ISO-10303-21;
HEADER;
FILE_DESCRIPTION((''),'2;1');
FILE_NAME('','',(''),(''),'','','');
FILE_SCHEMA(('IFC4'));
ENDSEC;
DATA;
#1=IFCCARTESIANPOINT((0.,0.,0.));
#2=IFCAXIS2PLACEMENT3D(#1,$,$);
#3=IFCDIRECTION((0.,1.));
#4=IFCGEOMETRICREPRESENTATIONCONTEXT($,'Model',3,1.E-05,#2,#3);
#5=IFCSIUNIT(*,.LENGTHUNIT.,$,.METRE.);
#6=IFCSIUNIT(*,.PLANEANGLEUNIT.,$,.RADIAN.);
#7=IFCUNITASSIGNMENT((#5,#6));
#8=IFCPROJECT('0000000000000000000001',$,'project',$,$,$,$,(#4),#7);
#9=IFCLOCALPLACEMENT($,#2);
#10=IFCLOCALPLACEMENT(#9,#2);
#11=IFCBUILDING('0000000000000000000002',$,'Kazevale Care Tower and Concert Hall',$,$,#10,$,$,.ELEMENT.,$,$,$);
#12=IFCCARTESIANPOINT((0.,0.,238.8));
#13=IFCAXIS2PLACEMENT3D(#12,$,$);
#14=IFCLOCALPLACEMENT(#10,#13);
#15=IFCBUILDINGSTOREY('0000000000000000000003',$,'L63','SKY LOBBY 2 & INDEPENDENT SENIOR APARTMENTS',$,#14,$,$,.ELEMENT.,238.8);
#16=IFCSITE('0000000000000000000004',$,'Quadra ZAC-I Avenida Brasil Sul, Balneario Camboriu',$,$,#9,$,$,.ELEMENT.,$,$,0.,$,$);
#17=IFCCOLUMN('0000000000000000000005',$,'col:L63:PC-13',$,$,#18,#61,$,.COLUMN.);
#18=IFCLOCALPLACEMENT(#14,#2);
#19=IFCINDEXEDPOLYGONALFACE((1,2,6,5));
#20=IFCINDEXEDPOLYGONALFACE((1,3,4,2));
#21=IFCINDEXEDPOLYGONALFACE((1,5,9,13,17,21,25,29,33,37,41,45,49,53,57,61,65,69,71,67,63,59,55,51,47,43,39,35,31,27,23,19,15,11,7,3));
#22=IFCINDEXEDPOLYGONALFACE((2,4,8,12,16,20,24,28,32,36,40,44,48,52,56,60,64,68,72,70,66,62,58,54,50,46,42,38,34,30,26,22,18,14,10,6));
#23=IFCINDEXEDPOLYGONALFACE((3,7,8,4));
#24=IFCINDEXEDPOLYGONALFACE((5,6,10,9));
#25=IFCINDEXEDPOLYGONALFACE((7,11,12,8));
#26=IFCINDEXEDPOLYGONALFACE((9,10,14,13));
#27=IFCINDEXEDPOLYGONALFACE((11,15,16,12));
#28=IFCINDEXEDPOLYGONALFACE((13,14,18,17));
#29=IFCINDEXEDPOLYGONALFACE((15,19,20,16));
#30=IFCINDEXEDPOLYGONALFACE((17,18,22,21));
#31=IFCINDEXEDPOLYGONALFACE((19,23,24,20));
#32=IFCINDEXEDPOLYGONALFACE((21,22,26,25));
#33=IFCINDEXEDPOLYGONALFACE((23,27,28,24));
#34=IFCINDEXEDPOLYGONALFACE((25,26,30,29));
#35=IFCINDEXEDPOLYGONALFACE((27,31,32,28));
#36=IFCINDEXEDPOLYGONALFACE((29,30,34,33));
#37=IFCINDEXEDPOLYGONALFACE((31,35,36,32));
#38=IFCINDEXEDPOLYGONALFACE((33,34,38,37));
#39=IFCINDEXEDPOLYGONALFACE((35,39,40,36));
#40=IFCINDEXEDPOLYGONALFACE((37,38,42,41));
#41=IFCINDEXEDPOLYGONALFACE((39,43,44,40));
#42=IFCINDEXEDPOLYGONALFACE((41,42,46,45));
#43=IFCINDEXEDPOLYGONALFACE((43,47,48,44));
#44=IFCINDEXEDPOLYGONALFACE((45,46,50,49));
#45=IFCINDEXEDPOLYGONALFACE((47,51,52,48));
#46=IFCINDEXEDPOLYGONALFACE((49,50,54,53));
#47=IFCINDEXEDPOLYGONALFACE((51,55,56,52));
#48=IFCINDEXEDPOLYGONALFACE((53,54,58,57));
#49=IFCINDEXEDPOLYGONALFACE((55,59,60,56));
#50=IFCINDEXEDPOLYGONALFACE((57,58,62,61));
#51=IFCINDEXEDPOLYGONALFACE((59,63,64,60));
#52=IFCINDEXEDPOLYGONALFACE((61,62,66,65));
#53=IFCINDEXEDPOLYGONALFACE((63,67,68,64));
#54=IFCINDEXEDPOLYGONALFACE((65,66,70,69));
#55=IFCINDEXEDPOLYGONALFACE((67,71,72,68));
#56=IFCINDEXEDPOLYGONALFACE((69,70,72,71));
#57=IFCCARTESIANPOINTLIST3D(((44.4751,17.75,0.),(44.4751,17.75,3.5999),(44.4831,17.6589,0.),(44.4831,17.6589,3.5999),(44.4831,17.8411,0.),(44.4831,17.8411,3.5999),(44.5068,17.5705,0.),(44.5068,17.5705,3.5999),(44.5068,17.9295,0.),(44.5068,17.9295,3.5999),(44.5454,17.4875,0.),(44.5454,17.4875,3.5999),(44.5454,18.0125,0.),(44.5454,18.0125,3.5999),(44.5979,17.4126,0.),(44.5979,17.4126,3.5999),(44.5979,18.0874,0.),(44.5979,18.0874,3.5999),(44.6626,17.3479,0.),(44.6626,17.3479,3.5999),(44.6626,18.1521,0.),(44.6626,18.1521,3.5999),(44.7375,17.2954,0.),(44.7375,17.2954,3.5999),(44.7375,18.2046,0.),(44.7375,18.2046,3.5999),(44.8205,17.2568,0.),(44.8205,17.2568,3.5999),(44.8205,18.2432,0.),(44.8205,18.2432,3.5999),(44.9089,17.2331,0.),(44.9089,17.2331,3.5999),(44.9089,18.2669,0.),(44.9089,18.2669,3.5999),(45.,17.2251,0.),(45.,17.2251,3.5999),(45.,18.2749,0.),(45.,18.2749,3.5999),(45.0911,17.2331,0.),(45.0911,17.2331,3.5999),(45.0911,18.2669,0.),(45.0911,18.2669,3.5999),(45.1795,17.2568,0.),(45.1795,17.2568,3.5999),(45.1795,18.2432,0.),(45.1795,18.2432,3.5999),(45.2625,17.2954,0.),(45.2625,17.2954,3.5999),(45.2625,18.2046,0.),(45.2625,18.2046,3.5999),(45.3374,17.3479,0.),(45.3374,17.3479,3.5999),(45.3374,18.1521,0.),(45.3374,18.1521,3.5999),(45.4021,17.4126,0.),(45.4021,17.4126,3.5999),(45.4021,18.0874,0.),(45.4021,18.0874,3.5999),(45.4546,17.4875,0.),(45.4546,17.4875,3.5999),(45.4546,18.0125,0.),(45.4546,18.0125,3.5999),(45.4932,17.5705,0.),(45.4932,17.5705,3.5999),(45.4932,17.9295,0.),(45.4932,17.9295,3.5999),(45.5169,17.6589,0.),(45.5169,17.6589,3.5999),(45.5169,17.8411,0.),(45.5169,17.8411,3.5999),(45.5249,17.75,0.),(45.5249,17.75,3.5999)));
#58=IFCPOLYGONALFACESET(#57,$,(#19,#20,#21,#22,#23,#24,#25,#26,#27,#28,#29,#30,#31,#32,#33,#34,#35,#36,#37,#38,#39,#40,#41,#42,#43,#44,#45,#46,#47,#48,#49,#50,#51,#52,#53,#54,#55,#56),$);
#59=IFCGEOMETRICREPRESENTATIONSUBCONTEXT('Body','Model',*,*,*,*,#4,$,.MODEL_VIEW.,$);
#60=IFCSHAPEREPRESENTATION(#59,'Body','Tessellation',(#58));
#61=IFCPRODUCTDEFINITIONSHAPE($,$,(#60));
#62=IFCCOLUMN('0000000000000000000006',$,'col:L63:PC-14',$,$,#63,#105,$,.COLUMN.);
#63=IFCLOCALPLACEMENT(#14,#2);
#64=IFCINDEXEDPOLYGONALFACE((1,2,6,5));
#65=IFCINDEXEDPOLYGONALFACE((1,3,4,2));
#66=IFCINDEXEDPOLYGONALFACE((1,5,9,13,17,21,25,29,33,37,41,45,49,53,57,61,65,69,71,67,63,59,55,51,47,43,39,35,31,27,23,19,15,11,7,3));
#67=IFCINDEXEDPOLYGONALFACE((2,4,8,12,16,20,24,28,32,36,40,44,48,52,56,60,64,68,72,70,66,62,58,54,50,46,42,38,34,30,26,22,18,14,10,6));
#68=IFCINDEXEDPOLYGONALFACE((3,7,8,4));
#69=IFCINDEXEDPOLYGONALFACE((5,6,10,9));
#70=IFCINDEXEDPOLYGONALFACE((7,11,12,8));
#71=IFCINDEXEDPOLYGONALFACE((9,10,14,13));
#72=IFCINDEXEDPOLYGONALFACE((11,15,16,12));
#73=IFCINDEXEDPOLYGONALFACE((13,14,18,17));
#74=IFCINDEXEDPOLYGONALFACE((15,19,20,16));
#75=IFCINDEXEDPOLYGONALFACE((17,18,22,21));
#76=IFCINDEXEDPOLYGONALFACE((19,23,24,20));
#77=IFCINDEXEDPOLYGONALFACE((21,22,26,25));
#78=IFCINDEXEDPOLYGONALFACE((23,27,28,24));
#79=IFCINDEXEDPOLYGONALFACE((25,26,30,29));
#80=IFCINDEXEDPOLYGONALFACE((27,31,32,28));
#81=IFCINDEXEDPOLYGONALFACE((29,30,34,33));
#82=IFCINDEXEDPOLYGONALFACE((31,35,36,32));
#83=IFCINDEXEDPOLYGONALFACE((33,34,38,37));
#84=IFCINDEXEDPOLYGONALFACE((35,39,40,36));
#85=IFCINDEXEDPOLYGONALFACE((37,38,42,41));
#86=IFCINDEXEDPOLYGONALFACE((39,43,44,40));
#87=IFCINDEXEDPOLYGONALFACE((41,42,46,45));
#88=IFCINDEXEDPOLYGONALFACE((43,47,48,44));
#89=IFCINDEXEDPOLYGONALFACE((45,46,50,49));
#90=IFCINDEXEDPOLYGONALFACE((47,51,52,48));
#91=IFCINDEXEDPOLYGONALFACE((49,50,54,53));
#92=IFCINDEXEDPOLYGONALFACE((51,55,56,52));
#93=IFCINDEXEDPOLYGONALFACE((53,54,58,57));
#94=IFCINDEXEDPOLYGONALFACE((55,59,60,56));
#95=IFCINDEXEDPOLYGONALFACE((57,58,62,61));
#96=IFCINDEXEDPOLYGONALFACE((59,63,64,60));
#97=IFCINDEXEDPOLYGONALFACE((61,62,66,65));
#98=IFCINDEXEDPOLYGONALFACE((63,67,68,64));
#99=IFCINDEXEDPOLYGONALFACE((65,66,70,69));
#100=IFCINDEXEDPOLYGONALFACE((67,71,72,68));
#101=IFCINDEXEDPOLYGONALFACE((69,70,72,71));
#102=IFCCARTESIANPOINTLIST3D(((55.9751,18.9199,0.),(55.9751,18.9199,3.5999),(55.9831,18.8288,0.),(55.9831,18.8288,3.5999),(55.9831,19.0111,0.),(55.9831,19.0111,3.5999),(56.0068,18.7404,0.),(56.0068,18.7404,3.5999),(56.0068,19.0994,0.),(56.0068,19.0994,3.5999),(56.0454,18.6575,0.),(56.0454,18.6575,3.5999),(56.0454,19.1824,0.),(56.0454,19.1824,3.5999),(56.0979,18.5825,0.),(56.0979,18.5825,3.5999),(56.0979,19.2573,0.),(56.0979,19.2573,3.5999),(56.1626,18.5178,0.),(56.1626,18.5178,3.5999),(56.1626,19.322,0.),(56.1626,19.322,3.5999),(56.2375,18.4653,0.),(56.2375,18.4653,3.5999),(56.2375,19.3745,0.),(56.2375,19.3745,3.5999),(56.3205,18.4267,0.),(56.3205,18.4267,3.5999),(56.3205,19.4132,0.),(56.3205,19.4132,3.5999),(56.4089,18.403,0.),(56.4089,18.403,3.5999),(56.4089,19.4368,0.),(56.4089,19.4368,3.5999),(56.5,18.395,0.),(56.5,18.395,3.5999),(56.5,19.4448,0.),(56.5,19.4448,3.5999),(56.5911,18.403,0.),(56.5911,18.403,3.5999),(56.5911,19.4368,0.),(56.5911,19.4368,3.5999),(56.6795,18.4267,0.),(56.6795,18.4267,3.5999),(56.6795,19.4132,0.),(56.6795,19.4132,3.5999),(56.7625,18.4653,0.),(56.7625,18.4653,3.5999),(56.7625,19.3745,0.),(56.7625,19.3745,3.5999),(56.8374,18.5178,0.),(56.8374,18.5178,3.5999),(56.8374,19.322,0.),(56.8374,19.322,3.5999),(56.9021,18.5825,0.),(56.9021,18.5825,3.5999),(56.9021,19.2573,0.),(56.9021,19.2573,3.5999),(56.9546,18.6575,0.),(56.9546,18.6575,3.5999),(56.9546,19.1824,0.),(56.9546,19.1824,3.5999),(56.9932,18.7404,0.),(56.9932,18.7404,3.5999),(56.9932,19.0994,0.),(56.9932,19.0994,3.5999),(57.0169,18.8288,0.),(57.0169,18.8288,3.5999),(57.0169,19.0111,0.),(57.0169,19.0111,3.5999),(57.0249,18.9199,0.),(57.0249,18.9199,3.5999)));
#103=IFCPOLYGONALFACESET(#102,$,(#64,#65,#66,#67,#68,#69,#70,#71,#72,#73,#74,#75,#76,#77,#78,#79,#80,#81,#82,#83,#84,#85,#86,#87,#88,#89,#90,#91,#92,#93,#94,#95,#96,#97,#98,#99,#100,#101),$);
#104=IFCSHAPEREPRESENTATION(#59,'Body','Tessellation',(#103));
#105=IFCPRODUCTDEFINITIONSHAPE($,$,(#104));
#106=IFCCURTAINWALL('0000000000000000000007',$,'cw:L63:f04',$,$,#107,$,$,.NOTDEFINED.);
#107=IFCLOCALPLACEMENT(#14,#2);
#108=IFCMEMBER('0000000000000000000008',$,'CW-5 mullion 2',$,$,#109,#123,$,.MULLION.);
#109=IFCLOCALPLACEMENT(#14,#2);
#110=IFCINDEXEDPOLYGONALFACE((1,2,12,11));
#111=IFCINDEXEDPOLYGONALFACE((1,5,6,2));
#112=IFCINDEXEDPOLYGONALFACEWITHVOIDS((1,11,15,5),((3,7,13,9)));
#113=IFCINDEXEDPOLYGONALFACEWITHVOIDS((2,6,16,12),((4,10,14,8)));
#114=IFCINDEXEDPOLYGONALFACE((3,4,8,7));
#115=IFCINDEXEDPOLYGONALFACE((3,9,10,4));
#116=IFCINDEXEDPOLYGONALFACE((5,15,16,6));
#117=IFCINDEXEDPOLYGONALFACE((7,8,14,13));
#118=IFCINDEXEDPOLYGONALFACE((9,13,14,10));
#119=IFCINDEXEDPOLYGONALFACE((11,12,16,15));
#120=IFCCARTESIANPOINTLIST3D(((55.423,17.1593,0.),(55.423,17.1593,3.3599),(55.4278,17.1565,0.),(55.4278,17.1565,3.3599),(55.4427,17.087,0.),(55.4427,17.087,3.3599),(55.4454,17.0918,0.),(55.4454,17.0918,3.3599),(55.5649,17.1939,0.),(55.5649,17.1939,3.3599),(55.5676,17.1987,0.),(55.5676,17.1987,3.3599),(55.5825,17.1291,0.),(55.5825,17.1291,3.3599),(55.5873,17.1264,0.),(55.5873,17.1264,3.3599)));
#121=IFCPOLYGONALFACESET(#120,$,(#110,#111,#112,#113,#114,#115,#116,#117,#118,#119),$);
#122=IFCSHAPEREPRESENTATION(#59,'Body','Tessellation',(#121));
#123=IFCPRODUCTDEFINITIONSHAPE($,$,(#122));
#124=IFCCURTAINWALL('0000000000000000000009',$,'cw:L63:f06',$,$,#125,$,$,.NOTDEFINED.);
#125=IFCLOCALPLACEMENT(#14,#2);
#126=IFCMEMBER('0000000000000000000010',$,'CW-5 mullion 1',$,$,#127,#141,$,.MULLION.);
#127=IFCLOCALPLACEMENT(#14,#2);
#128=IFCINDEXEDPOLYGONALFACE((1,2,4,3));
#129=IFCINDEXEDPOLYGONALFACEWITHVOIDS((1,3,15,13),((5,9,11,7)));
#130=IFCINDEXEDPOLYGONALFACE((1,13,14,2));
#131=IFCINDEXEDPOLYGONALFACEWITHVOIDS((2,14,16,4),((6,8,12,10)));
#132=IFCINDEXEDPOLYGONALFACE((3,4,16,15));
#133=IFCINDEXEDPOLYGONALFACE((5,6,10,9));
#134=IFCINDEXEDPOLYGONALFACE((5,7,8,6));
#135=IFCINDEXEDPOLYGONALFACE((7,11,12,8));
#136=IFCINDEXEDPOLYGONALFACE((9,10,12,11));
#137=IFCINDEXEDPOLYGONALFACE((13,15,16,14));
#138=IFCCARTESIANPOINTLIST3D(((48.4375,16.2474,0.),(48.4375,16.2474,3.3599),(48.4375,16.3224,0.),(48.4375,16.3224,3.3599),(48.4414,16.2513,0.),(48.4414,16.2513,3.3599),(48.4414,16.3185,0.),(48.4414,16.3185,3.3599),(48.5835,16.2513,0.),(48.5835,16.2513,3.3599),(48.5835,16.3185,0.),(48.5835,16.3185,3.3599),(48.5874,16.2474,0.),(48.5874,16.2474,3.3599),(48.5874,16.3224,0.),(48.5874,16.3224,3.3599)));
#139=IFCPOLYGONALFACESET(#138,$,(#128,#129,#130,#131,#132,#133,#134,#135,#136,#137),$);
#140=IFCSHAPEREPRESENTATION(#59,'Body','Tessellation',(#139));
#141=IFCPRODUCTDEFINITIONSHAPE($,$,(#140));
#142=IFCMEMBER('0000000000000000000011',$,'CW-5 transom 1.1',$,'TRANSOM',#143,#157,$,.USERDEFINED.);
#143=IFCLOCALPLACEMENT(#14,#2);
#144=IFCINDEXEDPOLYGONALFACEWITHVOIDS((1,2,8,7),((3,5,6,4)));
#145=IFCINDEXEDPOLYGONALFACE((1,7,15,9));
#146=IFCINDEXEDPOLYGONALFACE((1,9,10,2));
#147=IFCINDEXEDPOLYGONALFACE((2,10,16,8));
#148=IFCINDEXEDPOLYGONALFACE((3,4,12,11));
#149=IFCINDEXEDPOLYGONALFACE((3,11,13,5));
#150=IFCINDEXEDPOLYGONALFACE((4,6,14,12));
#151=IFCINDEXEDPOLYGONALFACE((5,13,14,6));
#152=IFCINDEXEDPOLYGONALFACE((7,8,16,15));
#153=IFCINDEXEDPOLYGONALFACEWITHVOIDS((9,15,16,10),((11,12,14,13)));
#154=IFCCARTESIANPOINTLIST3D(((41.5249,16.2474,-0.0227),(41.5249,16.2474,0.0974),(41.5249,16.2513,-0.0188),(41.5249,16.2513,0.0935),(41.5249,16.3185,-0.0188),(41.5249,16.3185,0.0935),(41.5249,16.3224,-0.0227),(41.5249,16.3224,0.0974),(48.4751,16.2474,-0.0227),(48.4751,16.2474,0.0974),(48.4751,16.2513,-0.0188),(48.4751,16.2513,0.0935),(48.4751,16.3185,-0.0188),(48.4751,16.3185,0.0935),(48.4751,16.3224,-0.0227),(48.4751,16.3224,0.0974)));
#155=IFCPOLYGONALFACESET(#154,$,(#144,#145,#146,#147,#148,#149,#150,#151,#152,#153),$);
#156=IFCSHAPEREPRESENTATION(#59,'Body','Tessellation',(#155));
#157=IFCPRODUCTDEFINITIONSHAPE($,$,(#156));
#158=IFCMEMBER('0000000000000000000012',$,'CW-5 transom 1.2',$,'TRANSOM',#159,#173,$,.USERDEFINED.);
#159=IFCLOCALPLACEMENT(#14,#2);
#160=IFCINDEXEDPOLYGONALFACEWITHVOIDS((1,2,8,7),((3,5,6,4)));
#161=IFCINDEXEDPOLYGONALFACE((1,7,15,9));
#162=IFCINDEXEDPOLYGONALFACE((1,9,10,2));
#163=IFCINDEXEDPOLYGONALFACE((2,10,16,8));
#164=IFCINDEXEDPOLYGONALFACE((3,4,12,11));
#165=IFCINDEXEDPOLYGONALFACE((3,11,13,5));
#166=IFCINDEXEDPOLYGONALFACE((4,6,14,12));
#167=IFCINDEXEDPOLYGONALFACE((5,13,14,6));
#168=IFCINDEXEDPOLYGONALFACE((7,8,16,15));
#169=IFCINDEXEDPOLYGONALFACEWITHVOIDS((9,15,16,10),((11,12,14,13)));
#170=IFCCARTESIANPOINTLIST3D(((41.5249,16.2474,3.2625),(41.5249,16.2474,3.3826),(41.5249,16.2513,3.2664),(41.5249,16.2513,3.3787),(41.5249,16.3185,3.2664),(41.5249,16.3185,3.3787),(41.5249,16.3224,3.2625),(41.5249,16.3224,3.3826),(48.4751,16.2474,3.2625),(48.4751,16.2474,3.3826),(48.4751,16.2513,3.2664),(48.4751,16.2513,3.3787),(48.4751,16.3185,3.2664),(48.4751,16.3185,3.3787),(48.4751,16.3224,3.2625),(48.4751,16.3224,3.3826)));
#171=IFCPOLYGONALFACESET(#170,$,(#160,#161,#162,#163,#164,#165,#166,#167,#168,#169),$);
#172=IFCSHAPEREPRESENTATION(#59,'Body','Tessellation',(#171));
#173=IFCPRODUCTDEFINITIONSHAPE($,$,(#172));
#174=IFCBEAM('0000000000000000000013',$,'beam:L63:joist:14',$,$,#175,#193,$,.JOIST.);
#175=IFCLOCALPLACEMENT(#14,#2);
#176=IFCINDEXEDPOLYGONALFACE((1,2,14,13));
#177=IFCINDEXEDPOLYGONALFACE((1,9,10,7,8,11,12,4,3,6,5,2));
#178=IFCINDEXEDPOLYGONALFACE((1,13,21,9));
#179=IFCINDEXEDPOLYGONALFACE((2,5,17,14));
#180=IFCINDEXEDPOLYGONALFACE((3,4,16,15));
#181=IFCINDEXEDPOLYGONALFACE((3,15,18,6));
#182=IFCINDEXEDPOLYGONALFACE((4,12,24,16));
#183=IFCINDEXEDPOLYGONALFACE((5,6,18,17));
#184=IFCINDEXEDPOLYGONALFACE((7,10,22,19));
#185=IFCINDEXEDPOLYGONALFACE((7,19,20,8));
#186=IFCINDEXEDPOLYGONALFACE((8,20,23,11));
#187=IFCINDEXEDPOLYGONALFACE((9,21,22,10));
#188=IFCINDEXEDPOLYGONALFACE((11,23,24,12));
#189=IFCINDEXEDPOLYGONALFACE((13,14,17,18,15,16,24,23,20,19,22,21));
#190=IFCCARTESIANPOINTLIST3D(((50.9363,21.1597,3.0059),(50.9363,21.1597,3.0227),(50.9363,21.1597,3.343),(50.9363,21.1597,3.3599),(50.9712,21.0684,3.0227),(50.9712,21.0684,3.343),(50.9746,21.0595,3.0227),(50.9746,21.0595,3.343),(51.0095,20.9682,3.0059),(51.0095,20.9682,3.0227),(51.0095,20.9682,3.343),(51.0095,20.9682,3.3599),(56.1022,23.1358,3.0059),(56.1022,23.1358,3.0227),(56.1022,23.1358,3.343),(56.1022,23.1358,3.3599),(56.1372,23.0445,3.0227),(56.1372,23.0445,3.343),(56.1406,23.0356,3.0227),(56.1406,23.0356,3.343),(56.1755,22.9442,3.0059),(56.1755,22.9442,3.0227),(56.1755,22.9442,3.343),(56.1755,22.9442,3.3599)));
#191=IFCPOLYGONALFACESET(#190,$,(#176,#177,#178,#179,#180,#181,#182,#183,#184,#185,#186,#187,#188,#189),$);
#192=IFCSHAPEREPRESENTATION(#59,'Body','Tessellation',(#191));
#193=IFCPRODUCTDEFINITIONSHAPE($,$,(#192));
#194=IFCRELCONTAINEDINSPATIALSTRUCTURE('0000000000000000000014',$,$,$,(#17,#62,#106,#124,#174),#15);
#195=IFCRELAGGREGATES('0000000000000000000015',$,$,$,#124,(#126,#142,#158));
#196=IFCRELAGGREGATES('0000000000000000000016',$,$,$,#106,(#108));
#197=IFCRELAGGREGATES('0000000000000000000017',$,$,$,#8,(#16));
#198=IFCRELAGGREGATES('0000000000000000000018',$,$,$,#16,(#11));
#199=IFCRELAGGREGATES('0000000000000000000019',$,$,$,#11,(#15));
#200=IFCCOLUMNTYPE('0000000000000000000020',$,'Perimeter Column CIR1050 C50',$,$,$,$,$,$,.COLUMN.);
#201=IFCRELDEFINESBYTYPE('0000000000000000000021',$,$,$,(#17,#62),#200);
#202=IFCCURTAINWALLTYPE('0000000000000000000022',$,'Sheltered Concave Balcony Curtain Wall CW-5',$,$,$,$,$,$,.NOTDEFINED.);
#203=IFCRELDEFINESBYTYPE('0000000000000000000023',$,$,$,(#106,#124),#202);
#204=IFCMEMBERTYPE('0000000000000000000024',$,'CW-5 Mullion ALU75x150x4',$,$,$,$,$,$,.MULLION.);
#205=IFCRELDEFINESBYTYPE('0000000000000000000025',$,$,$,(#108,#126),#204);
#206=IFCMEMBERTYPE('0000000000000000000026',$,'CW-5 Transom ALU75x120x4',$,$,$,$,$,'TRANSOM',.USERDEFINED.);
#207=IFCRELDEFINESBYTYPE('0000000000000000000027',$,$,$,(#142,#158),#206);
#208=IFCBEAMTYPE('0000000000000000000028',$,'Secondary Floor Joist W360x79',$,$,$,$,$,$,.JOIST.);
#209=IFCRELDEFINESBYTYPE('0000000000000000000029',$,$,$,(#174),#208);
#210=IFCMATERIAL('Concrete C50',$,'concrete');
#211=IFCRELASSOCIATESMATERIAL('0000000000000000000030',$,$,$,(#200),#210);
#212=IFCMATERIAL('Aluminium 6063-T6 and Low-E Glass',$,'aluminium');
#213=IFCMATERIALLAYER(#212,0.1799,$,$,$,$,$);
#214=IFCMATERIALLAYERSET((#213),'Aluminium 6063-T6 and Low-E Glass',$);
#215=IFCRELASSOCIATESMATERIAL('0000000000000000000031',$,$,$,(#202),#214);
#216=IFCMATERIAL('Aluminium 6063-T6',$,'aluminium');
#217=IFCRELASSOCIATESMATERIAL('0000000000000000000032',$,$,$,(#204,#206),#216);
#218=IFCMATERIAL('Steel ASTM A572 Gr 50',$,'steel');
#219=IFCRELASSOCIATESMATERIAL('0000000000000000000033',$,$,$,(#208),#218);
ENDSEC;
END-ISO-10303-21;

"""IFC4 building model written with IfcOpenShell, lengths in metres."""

from ifc_helpers import new_model, si_unit, direction, frame, origin, origin_2d, place, context, subcontext, project, spatial, hollow_rectangle, circle, i_section, extrude, material, layer, layer_set, material_profile, profile_set, type_object, element, aggregate, save


model = new_model("IFC4")

# Units and contexts
model_context = context("Model", 3, precision=1e-05, world=origin(), true_north=direction((0.0, 1.0)))
body_context = subcontext(model_context, "Body", "Model", "MODEL_VIEW")
ifc_project = project(units=[si_unit("LENGTHUNIT", "METRE"), si_unit("PLANEANGLEUNIT", "RADIAN")], contexts=[model_context])

# Site, building, storey
site_placement = place(None, origin())
site = spatial("IfcSite", under=ifc_project, at=site_placement, Name="Quadra ZAC-I Avenida Brasil Sul, Balneario Camboriu", CompositionType="ELEMENT", RefElevation=0.0)
building_placement = place(site_placement, origin())
building = spatial("IfcBuilding", under=site, at=building_placement, Name="Kazevale Care Tower and Concert Hall", CompositionType="ELEMENT")
storey_placement = place(building_placement, frame((0.0, 0.0, 238.8)))
storey = spatial("IfcBuildingStorey", under=building, at=storey_placement, Name="L63", Description="SKY LOBBY 2 & INDEPENDENT SENIOR APARTMENTS", CompositionType="ELEMENT", Elevation=238.8)

# Columns
ifc_material_1 = material(Name="Concrete C50", Category="concrete")
ifc_material_profile_1 = material_profile(ifc_material_1, circle(Radius=0.5249, at=origin_2d()), Name="RC-CIR1050")
ifc_profile_set_1 = profile_set([ifc_material_profile_1], Name="Concrete C50")
column_type = type_object("IfcColumnType", Name="Perimeter Column CIR1050 C50", PredefinedType="COLUMN", material=ifc_profile_set_1)
for number, where, z_axis, x_axis, name in (
    (1, (45.0, 17.75, 0.0), (0.0, 0.0, 1.0), (1.0, 0.0, 0.0), "col:L63:PC-13"),
    (2, (56.5, 18.9199, 0.0), (0.0, 0.0, 1.0), (1.0, 0.0, 0.0), "col:L63:PC-14"),
):
    element("IfcColumn", number, at=place(storey_placement, frame(where, z_axis=z_axis, x_axis=x_axis)), inside=storey, type_object=column_type, Name=name, PredefinedType="COLUMN", context=body_context, shape_type="SweptSolid", body=[
        extrude(circle(Radius=0.5249, at=origin_2d()), origin(), (0.0, 0.0, 1.0), 3.5999),
    ])

# Curtain wall, member
ifc_material_2 = material(Name="Aluminium 6063-T6 and Low-E Glass", Category="aluminium")
ifc_layer_1 = layer(ifc_material_2, 0.1799)
ifc_layer_set_1 = layer_set([ifc_layer_1], Name="Aluminium 6063-T6 and Low-E Glass")
curtain_wall_type = type_object("IfcCurtainWallType", Name="Sheltered Concave Balcony Curtain Wall CW-5", PredefinedType="NOTDEFINED", material=ifc_layer_set_1)
curtain_wall_1_placement = place(storey_placement, origin())
curtain_wall_1 = element("IfcCurtainWall", 3, at=curtain_wall_1_placement, inside=storey, type_object=curtain_wall_type, Name="cw:L63:f04", PredefinedType="NOTDEFINED")
ifc_material_3 = material(Name="Aluminium 6063-T6", Category="aluminium")
ifc_material_profile_2 = material_profile(ifc_material_3, hollow_rectangle(XDim=0.075, YDim=0.1499, WallThickness=0.0039, at=origin_2d()), Name="ALU75x150x4")
ifc_profile_set_2 = profile_set([ifc_material_profile_2], Name="Aluminium 6063-T6")
member_type_1 = type_object("IfcMemberType", Name="CW-5 Mullion ALU75x150x4", PredefinedType="MULLION", material=ifc_profile_set_2)
member_1_placement = place(storey_placement, frame((55.5051, 17.1428, 0.0), z_axis=(0.0, 0.0, 1.0), x_axis=(0.262849, -0.964837, 0.0)))
member_1 = element("IfcMember", 4, at=member_1_placement, type_object=member_type_1, Name="CW-5 mullion 2", PredefinedType="MULLION", context=body_context, shape_type="SweptSolid", body=[
    extrude(hollow_rectangle(XDim=0.075, YDim=0.1499, WallThickness=0.0039, at=origin_2d()), origin(), (0.0, 0.0, 1.0), 3.3599),
])

# Curtain wall, members
curtain_wall_2_placement = place(storey_placement, origin())
curtain_wall_2 = element("IfcCurtainWall", 5, at=curtain_wall_2_placement, inside=storey, type_object=curtain_wall_type, Name="cw:L63:f06", PredefinedType="NOTDEFINED")
member_2_placement = place(storey_placement, frame((48.5125, 16.2849, 0.0), z_axis=(0.0, 0.0, 1.0), x_axis=(0.0, -1.0, 0.0)))
member_2 = element("IfcMember", 6, at=member_2_placement, type_object=member_type_1, Name="CW-5 mullion 1", PredefinedType="MULLION", context=body_context, shape_type="SweptSolid", body=[
    extrude(hollow_rectangle(XDim=0.075, YDim=0.1499, WallThickness=0.0039, at=origin_2d()), origin(), (0.0, 0.0, 1.0), 3.3599),
])
ifc_material_profile_3 = material_profile(ifc_material_3, hollow_rectangle(XDim=0.075, YDim=0.1201, WallThickness=0.0039, at=origin_2d()), Name="ALU75x120x4")
ifc_profile_set_3 = profile_set([ifc_material_profile_3], Name="Aluminium 6063-T6")
member_type_2 = type_object("IfcMemberType", Name="CW-5 Transom ALU75x120x4", ElementType="TRANSOM", PredefinedType="USERDEFINED", material=ifc_profile_set_3)
member_3_placement = place(storey_placement, frame((48.4751, 16.2849, 0.0374), z_axis=(-1.0, 0.0, 0.0), x_axis=(0.0, -1.0, 0.0)))
member_3 = element("IfcMember", 7, at=member_3_placement, type_object=member_type_2, Name="CW-5 transom 1.1", ObjectType="TRANSOM", PredefinedType="USERDEFINED", context=body_context, shape_type="SweptSolid", body=[
    extrude(hollow_rectangle(XDim=0.075, YDim=0.1201, WallThickness=0.0039, at=origin_2d()), origin(), (0.0, 0.0, 1.0), 6.9502),
])
member_4_placement = place(storey_placement, frame((48.4751, 16.2849, 3.3225), z_axis=(-1.0, 0.0, 0.0), x_axis=(0.0, -1.0, 0.0)))
member_4 = element("IfcMember", 8, at=member_4_placement, type_object=member_type_2, Name="CW-5 transom 1.2", ObjectType="TRANSOM", PredefinedType="USERDEFINED", context=body_context, shape_type="SweptSolid", body=[
    extrude(hollow_rectangle(XDim=0.075, YDim=0.1201, WallThickness=0.0039, at=origin_2d()), origin(), (0.0, 0.0, 1.0), 6.9502),
])
aggregate(curtain_wall_2, [member_2, member_3, member_4])

# Beam
ifc_material_4 = material(Name="Steel ASTM A572 Gr 50", Category="steel")
ifc_material_profile_4 = material_profile(ifc_material_4, i_section(OverallWidth=0.2051, OverallDepth=0.354, WebThickness=0.0095, FlangeThickness=0.0168, at=origin_2d()), Name="W360x79")
ifc_profile_set_4 = profile_set([ifc_material_profile_4], Name="Steel ASTM A572 Gr 50")
beam_type_1 = type_object("IfcBeamType", Name="Secondary Floor Joist W360x79", PredefinedType="JOIST", material=ifc_profile_set_4)
beam_1_placement = place(storey_placement, frame((50.9729, 21.064, 3.1829), z_axis=(0.934002, 0.357269, 0.0), x_axis=(-0.357269, 0.934002, 0.0)))
element("IfcBeam", 9, at=beam_1_placement, inside=storey, type_object=beam_type_1, Name="beam:L63:joist:14", PredefinedType="JOIST", context=body_context, shape_type="SweptSolid", body=[
    extrude(i_section(OverallWidth=0.2051, OverallDepth=0.354, WebThickness=0.0095, FlangeThickness=0.0168, at=origin_2d()), origin(), (0.0, 0.0, 1.0), 5.531),
])

aggregate(curtain_wall_1, [member_1])

save(model, "model.ifc")
